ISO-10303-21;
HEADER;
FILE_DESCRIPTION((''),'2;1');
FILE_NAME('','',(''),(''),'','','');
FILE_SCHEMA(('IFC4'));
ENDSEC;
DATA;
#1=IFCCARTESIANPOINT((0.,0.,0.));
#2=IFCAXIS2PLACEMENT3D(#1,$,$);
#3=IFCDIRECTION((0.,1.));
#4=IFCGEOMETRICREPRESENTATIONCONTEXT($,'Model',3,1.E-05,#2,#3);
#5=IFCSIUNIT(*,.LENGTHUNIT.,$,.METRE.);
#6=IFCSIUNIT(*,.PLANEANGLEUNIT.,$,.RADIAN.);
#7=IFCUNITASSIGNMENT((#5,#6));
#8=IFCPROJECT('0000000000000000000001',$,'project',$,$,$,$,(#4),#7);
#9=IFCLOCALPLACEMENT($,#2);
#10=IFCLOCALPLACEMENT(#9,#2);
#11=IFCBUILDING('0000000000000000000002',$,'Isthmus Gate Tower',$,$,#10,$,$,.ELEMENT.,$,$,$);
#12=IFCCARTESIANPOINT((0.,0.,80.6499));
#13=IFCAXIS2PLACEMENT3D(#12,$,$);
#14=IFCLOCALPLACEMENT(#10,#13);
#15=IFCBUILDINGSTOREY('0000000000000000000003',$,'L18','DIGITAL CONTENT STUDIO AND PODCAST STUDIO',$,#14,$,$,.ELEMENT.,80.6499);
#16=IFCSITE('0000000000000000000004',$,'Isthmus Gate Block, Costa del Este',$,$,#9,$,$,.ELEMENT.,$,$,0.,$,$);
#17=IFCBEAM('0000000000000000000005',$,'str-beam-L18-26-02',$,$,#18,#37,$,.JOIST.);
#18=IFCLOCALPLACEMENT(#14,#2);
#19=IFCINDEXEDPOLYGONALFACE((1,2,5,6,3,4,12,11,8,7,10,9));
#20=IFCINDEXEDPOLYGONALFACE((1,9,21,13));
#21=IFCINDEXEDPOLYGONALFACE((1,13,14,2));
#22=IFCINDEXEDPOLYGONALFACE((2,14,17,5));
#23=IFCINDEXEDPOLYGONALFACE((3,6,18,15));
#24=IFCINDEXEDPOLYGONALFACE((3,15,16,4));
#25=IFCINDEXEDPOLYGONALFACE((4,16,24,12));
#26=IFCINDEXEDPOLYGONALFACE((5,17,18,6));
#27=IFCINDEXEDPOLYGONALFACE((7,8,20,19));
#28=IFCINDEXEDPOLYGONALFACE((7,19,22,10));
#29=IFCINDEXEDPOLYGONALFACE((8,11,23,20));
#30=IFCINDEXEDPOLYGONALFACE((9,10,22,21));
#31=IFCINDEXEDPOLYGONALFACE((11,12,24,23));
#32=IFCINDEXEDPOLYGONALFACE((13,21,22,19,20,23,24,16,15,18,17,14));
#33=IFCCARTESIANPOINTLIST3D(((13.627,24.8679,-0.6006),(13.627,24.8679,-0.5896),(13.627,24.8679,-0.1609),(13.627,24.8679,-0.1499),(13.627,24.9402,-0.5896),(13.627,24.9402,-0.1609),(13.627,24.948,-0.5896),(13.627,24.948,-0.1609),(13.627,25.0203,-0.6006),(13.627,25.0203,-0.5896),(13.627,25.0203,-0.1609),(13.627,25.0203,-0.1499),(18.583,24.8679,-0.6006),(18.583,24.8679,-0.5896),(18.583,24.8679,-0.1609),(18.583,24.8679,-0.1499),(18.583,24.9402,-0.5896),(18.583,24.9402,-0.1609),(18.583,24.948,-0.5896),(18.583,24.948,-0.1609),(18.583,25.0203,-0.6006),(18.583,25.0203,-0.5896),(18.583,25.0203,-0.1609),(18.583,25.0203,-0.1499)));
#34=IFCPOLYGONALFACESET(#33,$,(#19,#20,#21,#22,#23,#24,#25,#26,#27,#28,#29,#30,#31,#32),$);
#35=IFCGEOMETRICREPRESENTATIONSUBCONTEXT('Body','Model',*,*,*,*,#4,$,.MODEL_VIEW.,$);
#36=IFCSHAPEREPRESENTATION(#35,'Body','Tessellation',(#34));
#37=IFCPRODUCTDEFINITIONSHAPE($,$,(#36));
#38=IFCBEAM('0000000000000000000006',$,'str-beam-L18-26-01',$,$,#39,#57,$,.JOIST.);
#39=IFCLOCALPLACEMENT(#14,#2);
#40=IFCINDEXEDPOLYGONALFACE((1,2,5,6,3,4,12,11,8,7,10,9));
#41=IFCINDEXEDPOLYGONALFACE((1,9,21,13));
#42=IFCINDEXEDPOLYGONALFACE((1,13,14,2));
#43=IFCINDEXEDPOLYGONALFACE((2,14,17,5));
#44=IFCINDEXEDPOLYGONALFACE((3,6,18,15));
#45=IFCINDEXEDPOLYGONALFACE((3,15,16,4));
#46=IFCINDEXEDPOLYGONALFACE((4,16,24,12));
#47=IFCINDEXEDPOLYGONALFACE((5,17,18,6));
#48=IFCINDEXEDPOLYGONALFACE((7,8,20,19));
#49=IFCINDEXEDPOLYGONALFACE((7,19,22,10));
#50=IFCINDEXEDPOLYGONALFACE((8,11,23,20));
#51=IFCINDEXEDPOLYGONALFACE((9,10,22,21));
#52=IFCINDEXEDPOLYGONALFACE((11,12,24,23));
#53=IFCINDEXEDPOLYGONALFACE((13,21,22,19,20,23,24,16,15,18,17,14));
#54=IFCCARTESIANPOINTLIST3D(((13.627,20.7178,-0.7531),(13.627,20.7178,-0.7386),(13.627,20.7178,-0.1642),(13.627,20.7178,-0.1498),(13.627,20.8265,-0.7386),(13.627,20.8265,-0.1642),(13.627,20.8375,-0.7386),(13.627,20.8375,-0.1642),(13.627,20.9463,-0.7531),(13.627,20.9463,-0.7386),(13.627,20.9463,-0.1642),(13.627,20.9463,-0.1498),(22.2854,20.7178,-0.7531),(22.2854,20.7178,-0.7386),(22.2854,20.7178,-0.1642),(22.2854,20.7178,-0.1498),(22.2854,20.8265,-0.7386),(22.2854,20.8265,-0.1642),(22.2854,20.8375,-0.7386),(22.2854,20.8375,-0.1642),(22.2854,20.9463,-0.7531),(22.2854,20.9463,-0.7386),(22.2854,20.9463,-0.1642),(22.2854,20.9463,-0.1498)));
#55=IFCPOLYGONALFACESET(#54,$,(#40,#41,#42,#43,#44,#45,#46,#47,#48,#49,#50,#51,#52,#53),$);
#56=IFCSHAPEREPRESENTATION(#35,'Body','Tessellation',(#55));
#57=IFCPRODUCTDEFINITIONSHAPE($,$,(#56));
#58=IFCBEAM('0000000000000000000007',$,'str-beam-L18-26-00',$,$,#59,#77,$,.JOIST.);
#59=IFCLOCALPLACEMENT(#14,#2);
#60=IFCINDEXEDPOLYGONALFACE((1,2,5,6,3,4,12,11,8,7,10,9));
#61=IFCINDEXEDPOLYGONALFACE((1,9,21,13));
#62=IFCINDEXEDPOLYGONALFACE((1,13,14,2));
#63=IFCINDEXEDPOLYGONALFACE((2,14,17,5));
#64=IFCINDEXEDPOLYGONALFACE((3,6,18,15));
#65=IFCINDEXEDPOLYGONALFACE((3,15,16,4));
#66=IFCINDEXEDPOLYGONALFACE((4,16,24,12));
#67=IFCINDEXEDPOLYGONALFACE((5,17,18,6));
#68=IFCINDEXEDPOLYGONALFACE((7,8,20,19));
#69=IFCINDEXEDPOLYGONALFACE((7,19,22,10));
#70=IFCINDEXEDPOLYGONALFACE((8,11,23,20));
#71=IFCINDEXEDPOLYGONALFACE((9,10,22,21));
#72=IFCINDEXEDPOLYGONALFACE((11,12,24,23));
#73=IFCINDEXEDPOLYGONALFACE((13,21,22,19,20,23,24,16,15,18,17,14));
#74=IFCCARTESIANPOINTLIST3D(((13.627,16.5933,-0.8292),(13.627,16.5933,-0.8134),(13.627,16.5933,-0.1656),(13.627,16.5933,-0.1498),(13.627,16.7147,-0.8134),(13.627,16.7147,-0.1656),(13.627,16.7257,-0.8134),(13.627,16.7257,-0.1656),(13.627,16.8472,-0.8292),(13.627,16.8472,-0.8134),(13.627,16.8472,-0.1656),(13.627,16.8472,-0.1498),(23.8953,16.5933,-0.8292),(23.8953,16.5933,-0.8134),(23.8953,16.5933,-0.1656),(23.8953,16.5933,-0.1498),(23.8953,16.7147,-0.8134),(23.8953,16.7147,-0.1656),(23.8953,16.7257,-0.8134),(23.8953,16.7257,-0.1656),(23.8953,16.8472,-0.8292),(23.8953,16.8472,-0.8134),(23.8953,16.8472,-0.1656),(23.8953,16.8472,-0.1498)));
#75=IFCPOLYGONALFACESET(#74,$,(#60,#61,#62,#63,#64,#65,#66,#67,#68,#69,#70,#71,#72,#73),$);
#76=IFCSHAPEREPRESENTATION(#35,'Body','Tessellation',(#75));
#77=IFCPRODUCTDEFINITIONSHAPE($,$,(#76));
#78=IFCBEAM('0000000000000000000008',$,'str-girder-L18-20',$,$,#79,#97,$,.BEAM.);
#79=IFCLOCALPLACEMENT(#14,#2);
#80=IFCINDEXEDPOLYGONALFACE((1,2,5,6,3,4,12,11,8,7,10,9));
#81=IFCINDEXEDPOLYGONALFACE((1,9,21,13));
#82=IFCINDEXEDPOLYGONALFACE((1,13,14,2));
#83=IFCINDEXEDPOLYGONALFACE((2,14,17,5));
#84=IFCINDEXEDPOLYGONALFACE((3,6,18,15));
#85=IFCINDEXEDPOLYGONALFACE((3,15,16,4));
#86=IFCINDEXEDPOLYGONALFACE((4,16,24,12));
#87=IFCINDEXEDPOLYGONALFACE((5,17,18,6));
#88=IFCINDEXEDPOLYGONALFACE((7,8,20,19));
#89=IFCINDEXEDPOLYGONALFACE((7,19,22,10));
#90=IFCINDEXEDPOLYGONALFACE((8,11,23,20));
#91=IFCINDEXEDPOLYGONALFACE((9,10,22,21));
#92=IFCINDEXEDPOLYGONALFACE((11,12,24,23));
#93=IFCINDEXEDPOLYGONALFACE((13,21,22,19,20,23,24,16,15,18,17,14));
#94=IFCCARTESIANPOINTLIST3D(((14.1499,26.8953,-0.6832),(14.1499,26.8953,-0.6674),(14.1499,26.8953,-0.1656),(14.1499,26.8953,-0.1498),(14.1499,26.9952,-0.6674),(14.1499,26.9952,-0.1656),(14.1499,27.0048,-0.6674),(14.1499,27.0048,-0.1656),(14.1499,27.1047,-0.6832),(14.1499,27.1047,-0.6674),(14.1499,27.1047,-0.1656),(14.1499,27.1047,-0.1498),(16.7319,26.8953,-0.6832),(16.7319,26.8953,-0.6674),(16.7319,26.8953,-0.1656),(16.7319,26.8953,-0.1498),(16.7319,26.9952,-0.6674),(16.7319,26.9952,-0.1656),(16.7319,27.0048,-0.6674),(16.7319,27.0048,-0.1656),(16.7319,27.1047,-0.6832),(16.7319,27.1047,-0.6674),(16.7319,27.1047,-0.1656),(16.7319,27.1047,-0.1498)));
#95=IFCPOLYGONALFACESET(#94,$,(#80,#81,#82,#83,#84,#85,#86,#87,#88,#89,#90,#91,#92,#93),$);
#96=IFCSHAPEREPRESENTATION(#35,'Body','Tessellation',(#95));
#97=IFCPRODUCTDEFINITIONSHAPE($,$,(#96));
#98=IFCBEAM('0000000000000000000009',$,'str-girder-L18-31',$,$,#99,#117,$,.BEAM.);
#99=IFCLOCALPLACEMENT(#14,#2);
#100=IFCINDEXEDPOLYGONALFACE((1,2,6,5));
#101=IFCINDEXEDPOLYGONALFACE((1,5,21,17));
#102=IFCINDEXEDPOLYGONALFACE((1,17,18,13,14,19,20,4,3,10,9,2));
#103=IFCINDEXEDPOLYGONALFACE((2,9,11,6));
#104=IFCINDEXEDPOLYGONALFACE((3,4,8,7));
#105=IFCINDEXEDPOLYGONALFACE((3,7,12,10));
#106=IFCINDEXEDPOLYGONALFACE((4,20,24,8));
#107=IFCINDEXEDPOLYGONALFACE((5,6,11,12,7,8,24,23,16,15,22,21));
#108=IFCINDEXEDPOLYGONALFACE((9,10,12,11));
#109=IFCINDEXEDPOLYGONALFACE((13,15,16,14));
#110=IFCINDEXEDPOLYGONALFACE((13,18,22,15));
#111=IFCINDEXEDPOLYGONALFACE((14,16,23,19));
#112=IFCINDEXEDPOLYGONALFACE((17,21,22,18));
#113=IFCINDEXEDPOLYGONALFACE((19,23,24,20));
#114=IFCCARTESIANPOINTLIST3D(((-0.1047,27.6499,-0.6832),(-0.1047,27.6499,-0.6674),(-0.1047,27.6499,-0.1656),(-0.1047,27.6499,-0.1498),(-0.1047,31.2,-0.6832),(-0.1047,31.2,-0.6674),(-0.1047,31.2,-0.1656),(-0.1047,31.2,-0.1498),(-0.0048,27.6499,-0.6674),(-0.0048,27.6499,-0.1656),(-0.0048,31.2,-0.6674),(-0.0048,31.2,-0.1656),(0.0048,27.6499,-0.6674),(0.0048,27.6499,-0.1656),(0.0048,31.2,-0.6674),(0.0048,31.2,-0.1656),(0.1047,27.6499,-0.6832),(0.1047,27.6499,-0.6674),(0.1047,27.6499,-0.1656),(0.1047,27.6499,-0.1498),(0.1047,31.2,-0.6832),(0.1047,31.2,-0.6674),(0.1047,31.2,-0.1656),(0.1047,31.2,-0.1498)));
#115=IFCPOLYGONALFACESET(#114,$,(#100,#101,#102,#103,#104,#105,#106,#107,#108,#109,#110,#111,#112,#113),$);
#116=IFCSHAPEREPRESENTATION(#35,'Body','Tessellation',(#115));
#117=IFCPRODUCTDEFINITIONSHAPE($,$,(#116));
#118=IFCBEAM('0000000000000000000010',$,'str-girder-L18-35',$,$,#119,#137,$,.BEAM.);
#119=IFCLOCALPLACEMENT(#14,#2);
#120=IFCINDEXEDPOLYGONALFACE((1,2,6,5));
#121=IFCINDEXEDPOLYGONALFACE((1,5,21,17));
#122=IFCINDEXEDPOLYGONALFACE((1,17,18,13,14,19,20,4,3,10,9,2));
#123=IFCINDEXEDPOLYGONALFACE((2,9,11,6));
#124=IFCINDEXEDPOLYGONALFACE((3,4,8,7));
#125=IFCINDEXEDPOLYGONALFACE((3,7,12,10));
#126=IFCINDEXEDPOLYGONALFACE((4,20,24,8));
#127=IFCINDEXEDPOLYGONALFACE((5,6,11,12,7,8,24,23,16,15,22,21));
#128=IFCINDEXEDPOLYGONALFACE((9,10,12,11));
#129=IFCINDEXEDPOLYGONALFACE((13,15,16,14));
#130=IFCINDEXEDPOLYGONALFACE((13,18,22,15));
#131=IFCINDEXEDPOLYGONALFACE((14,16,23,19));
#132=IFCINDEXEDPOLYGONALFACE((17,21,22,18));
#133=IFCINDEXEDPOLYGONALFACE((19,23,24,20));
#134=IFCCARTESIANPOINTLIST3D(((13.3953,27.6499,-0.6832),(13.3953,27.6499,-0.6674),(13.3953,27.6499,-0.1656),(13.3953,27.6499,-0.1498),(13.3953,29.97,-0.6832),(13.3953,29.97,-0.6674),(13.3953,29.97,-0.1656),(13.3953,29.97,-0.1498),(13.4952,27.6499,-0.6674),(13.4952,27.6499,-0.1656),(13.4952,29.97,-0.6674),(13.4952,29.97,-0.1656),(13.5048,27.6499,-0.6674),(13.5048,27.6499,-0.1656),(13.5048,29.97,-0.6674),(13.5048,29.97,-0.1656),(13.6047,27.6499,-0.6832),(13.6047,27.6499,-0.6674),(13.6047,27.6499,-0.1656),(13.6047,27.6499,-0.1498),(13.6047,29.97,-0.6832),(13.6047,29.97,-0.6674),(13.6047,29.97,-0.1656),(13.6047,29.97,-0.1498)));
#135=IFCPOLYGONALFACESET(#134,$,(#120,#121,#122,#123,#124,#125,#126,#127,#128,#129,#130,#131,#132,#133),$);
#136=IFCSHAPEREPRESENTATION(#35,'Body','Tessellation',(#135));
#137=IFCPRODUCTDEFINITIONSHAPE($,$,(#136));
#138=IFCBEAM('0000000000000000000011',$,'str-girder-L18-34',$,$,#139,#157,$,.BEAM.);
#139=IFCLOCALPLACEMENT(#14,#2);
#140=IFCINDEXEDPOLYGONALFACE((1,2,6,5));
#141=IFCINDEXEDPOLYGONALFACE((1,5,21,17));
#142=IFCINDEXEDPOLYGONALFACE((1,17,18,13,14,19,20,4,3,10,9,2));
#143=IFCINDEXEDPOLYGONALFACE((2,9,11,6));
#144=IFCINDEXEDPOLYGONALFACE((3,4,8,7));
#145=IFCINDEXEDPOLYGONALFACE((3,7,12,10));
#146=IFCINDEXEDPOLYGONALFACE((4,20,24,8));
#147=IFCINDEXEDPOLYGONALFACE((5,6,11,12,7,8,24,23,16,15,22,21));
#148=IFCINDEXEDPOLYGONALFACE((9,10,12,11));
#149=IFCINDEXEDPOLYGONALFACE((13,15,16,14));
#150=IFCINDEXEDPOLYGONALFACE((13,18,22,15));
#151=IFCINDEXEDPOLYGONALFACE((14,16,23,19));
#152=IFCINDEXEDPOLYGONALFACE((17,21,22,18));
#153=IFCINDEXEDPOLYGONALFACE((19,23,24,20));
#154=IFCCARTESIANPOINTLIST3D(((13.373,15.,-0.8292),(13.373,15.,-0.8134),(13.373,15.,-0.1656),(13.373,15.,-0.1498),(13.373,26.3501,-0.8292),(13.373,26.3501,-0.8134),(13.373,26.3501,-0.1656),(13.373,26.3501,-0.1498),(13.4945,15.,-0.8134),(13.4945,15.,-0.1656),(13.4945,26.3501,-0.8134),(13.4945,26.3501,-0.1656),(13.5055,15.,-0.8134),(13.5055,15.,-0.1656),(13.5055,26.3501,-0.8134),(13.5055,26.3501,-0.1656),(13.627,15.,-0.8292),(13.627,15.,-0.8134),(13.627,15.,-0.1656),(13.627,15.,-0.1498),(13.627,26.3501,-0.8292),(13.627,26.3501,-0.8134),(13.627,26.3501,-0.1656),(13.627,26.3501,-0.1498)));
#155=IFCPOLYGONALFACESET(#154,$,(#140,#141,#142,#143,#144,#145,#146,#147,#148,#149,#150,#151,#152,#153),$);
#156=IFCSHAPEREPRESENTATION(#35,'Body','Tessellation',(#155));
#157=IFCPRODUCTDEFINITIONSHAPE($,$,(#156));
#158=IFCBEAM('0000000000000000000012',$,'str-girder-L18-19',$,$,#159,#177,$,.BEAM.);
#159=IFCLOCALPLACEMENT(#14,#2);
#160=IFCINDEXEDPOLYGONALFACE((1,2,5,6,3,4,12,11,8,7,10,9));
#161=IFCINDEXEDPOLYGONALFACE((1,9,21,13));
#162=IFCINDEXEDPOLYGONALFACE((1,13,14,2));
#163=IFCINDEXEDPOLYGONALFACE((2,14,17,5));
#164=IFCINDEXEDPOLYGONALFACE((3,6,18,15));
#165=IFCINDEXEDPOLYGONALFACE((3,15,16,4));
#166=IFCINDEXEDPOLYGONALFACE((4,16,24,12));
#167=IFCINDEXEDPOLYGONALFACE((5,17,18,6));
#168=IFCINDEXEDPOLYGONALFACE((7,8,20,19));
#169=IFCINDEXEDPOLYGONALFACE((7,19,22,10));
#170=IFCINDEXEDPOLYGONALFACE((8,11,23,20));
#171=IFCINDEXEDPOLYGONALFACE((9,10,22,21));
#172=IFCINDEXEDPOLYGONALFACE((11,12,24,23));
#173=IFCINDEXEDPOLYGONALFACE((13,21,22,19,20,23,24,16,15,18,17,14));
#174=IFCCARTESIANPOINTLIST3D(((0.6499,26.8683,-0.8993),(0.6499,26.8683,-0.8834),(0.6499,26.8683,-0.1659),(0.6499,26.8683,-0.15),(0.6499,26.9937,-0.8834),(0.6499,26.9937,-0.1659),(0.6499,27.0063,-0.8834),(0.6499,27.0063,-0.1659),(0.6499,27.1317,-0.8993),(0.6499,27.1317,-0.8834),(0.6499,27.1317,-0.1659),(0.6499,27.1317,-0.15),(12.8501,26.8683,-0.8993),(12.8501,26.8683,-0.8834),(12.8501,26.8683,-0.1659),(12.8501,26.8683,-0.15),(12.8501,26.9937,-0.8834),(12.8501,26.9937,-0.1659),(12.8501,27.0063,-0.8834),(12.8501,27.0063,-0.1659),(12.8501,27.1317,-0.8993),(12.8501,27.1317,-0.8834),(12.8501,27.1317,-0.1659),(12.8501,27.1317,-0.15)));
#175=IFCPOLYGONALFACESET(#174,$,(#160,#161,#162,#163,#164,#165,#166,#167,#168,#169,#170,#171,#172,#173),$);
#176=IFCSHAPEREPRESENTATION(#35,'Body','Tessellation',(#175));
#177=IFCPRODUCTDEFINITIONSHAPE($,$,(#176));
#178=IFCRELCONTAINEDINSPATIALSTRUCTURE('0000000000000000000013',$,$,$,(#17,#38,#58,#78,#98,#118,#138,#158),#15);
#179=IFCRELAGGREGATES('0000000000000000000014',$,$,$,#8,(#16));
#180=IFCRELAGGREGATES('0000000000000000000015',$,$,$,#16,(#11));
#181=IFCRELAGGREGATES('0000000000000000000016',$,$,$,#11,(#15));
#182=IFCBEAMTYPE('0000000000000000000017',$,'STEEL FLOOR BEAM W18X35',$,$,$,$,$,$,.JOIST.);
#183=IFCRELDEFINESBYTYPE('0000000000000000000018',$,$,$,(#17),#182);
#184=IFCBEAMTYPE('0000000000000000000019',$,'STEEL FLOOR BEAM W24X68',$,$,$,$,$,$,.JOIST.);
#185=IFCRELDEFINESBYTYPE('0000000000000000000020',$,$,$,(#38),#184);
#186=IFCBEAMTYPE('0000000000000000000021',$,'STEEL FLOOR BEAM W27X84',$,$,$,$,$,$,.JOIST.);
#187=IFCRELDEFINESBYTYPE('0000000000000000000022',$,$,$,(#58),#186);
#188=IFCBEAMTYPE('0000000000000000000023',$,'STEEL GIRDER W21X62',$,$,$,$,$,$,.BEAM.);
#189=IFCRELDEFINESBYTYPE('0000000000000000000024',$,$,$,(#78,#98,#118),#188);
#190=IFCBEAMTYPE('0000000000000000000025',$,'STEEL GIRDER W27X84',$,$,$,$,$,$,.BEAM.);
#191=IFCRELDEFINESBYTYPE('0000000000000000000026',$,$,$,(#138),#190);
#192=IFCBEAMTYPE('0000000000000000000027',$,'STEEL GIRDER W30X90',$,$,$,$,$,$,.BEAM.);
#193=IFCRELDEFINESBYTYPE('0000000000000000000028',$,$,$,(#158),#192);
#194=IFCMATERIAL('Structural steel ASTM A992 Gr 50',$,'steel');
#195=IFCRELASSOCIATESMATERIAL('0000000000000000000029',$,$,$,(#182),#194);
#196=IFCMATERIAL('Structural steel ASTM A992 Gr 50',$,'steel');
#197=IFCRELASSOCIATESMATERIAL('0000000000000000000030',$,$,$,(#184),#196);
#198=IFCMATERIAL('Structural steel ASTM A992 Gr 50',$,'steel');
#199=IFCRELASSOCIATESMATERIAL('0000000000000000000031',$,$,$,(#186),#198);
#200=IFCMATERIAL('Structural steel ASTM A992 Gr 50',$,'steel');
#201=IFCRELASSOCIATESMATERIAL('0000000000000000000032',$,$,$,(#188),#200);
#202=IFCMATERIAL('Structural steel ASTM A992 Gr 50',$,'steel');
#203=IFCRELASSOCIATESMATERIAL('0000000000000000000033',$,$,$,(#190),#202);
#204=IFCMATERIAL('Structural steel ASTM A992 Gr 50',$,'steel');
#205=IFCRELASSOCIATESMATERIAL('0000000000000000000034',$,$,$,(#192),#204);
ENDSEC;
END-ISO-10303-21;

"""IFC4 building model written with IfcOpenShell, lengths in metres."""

from ifc_helpers import new_model, si_unit, direction, frame, origin, origin_2d, place, context, subcontext, project, spatial, i_section, extrude, material, material_profile, profile_set, type_object, element, save


model = new_model("IFC4")

# Units and contexts
model_context = context("Model", 3, precision=1e-05, world=origin(), true_north=direction((0.0, 1.0)))
body_context = subcontext(model_context, "Body", "Model", "MODEL_VIEW")
ifc_project = project(units=[si_unit("LENGTHUNIT", "METRE"), si_unit("PLANEANGLEUNIT", "RADIAN")], contexts=[model_context])

# Site, building, storey
site_placement = place(None, origin())
site = spatial("IfcSite", under=ifc_project, at=site_placement, Name="Isthmus Gate Block, Costa del Este", CompositionType="ELEMENT", RefElevation=0.0)
building_placement = place(site_placement, origin())
building = spatial("IfcBuilding", under=site, at=building_placement, Name="Isthmus Gate Tower", CompositionType="ELEMENT")
storey_placement = place(building_placement, frame((0.0, 0.0, 80.6499)))
storey = spatial("IfcBuildingStorey", under=building, at=storey_placement, Name="L18", Description="DIGITAL CONTENT STUDIO AND PODCAST STUDIO", CompositionType="ELEMENT", Elevation=80.6499)

# Beams
ifc_material_1 = material(Name="Structural steel ASTM A992 Gr 50", Category="steel")
ifc_material_profile_1 = material_profile(ifc_material_1, i_section(OverallWidth=0.1523, OverallDepth=0.4507, WebThickness=0.0078, FlangeThickness=0.011, at=origin_2d()), Name="W18X35")
ifc_profile_set_1 = profile_set([ifc_material_profile_1], Name="Structural steel ASTM A992 Gr 50")
beam_type_1 = type_object("IfcBeamType", Name="STEEL FLOOR BEAM W18X35", PredefinedType="JOIST", material=ifc_profile_set_1)
beam_1_placement = place(storey_placement, frame((13.627, 24.9441, -0.3752), z_axis=(1.0, 0.0, 0.0), x_axis=(0.0, 1.0, 0.0)))
element("IfcBeam", 1, at=beam_1_placement, inside=storey, type_object=beam_type_1, Name="str-beam-L18-26-02", PredefinedType="JOIST", context=body_context, shape_type="SweptSolid", body=[
    extrude(i_section(OverallWidth=0.1523, OverallDepth=0.4507, WebThickness=0.0078, FlangeThickness=0.011, at=origin_2d()), origin(), (0.0, 0.0, 1.0), 4.9561),
])
ifc_material_2 = material(Name="Structural steel ASTM A992 Gr 50", Category="steel")
ifc_material_profile_2 = material_profile(ifc_material_2, i_section(OverallWidth=0.2285, OverallDepth=0.6033, WebThickness=0.011, FlangeThickness=0.0144, at=origin_2d()), Name="W24X68")
ifc_profile_set_2 = profile_set([ifc_material_profile_2], Name="Structural steel ASTM A992 Gr 50")
beam_type_2 = type_object("IfcBeamType", Name="STEEL FLOOR BEAM W24X68", PredefinedType="JOIST", material=ifc_profile_set_2)
beam_2_placement = place(storey_placement, frame((13.627, 20.832, -0.4514), z_axis=(1.0, 0.0, 0.0), x_axis=(0.0, 1.0, 0.0)))
element("IfcBeam", 2, at=beam_2_placement, inside=storey, type_object=beam_type_2, Name="str-beam-L18-26-01", PredefinedType="JOIST", context=body_context, shape_type="SweptSolid", body=[
    extrude(i_section(OverallWidth=0.2285, OverallDepth=0.6033, WebThickness=0.011, FlangeThickness=0.0144, at=origin_2d()), origin(), (0.0, 0.0, 1.0), 8.6584),
])
ifc_material_3 = material(Name="Structural steel ASTM A992 Gr 50", Category="steel")
ifc_material_profile_3 = material_profile(ifc_material_3, i_section(OverallWidth=0.2539, OverallDepth=0.6794, WebThickness=0.011, FlangeThickness=0.0159, at=origin_2d()), Name="W27X84")
ifc_profile_set_3 = profile_set([ifc_material_profile_3], Name="Structural steel ASTM A992 Gr 50")
beam_type_3 = type_object("IfcBeamType", Name="STEEL FLOOR BEAM W27X84", PredefinedType="JOIST", material=ifc_profile_set_3)
beam_3_placement = place(storey_placement, frame((13.627, 16.7202, -0.4895), z_axis=(1.0, 0.0, 0.0), x_axis=(0.0, 1.0, 0.0)))
element("IfcBeam", 3, at=beam_3_placement, inside=storey, type_object=beam_type_3, Name="str-beam-L18-26-00", PredefinedType="JOIST", context=body_context, shape_type="SweptSolid", body=[
    extrude(i_section(OverallWidth=0.2539, OverallDepth=0.6794, WebThickness=0.011, FlangeThickness=0.0159, at=origin_2d()), origin(), (0.0, 0.0, 1.0), 10.2683),
])
ifc_material_4 = material(Name="Structural steel ASTM A992 Gr 50", Category="steel")
ifc_material_profile_4 = material_profile(ifc_material_4, i_section(OverallWidth=0.2095, OverallDepth=0.5334, WebThickness=0.0095, FlangeThickness=0.0159, at=origin_2d()), Name="W21X62")
ifc_profile_set_4 = profile_set([ifc_material_profile_4], Name="Structural steel ASTM A992 Gr 50")
beam_type_4 = type_object("IfcBeamType", Name="STEEL GIRDER W21X62", PredefinedType="BEAM", material=ifc_profile_set_4)
beam_4_placement = place(storey_placement, frame((14.1499, 27.0, -0.4165), z_axis=(1.0, 0.0, 0.0), x_axis=(0.0, 1.0, 0.0)))
element("IfcBeam", 4, at=beam_4_placement, inside=storey, type_object=beam_type_4, Name="str-girder-L18-20", PredefinedType="BEAM", context=body_context, shape_type="SweptSolid", body=[
    extrude(i_section(OverallWidth=0.2095, OverallDepth=0.5334, WebThickness=0.0095, FlangeThickness=0.0159, at=origin_2d()), origin(), (0.0, 0.0, 1.0), 2.582),
])
beam_5_placement = place(storey_placement, frame((0.0, 27.6499, -0.4165), z_axis=(0.0, 1.0, 0.0), x_axis=(-1.0, 0.0, 0.0)))
element("IfcBeam", 5, at=beam_5_placement, inside=storey, type_object=beam_type_4, Name="str-girder-L18-31", PredefinedType="BEAM", context=body_context, shape_type="SweptSolid", body=[
    extrude(i_section(OverallWidth=0.2095, OverallDepth=0.5334, WebThickness=0.0095, FlangeThickness=0.0159, at=origin_2d()), origin(), (0.0, 0.0, 1.0), 3.55),
])
beam_6_placement = place(storey_placement, frame((13.5, 27.6499, -0.4165), z_axis=(0.0, 1.0, 0.0), x_axis=(-1.0, 0.0, 0.0)))
element("IfcBeam", 6, at=beam_6_placement, inside=storey, type_object=beam_type_4, Name="str-girder-L18-35", PredefinedType="BEAM", context=body_context, shape_type="SweptSolid", body=[
    extrude(i_section(OverallWidth=0.2095, OverallDepth=0.5334, WebThickness=0.0095, FlangeThickness=0.0159, at=origin_2d()), origin(), (0.0, 0.0, 1.0), 2.3201),
])
ifc_material_5 = material(Name="Structural steel ASTM A992 Gr 50", Category="steel")
ifc_material_profile_5 = material_profile(ifc_material_5, i_section(OverallWidth=0.2539, OverallDepth=0.6794, WebThickness=0.011, FlangeThickness=0.0159, at=origin_2d()), Name="W27X84")
ifc_profile_set_5 = profile_set([ifc_material_profile_5], Name="Structural steel ASTM A992 Gr 50")
beam_type_5 = type_object("IfcBeamType", Name="STEEL GIRDER W27X84", PredefinedType="BEAM", material=ifc_profile_set_5)
beam_7_placement = place(storey_placement, frame((13.5, 15.0, -0.4895), z_axis=(0.0, 1.0, 0.0), x_axis=(-1.0, 0.0, 0.0)))
element("IfcBeam", 7, at=beam_7_placement, inside=storey, type_object=beam_type_5, Name="str-girder-L18-34", PredefinedType="BEAM", context=body_context, shape_type="SweptSolid", body=[
    extrude(i_section(OverallWidth=0.2539, OverallDepth=0.6794, WebThickness=0.011, FlangeThickness=0.0159, at=origin_2d()), origin(), (0.0, 0.0, 1.0), 11.3501),
])
ifc_material_6 = material(Name="Structural steel ASTM A992 Gr 50", Category="steel")
ifc_material_profile_6 = material_profile(ifc_material_6, i_section(OverallWidth=0.2634, OverallDepth=0.7493, WebThickness=0.0127, FlangeThickness=0.0159, at=origin_2d()), Name="W30X90")
ifc_profile_set_6 = profile_set([ifc_material_profile_6], Name="Structural steel ASTM A992 Gr 50")
beam_type_6 = type_object("IfcBeamType", Name="STEEL GIRDER W30X90", PredefinedType="BEAM", material=ifc_profile_set_6)
beam_8_placement = place(storey_placement, frame((0.6499, 27.0, -0.5247), z_axis=(1.0, 0.0, 0.0), x_axis=(0.0, 1.0, 0.0)))
element("IfcBeam", 8, at=beam_8_placement, inside=storey, type_object=beam_type_6, Name="str-girder-L18-19", PredefinedType="BEAM", context=body_context, shape_type="SweptSolid", body=[
    extrude(i_section(OverallWidth=0.2634, OverallDepth=0.7493, WebThickness=0.0127, FlangeThickness=0.0159, at=origin_2d()), origin(), (0.0, 0.0, 1.0), 12.2002),
])

save(model, "model.ifc")
